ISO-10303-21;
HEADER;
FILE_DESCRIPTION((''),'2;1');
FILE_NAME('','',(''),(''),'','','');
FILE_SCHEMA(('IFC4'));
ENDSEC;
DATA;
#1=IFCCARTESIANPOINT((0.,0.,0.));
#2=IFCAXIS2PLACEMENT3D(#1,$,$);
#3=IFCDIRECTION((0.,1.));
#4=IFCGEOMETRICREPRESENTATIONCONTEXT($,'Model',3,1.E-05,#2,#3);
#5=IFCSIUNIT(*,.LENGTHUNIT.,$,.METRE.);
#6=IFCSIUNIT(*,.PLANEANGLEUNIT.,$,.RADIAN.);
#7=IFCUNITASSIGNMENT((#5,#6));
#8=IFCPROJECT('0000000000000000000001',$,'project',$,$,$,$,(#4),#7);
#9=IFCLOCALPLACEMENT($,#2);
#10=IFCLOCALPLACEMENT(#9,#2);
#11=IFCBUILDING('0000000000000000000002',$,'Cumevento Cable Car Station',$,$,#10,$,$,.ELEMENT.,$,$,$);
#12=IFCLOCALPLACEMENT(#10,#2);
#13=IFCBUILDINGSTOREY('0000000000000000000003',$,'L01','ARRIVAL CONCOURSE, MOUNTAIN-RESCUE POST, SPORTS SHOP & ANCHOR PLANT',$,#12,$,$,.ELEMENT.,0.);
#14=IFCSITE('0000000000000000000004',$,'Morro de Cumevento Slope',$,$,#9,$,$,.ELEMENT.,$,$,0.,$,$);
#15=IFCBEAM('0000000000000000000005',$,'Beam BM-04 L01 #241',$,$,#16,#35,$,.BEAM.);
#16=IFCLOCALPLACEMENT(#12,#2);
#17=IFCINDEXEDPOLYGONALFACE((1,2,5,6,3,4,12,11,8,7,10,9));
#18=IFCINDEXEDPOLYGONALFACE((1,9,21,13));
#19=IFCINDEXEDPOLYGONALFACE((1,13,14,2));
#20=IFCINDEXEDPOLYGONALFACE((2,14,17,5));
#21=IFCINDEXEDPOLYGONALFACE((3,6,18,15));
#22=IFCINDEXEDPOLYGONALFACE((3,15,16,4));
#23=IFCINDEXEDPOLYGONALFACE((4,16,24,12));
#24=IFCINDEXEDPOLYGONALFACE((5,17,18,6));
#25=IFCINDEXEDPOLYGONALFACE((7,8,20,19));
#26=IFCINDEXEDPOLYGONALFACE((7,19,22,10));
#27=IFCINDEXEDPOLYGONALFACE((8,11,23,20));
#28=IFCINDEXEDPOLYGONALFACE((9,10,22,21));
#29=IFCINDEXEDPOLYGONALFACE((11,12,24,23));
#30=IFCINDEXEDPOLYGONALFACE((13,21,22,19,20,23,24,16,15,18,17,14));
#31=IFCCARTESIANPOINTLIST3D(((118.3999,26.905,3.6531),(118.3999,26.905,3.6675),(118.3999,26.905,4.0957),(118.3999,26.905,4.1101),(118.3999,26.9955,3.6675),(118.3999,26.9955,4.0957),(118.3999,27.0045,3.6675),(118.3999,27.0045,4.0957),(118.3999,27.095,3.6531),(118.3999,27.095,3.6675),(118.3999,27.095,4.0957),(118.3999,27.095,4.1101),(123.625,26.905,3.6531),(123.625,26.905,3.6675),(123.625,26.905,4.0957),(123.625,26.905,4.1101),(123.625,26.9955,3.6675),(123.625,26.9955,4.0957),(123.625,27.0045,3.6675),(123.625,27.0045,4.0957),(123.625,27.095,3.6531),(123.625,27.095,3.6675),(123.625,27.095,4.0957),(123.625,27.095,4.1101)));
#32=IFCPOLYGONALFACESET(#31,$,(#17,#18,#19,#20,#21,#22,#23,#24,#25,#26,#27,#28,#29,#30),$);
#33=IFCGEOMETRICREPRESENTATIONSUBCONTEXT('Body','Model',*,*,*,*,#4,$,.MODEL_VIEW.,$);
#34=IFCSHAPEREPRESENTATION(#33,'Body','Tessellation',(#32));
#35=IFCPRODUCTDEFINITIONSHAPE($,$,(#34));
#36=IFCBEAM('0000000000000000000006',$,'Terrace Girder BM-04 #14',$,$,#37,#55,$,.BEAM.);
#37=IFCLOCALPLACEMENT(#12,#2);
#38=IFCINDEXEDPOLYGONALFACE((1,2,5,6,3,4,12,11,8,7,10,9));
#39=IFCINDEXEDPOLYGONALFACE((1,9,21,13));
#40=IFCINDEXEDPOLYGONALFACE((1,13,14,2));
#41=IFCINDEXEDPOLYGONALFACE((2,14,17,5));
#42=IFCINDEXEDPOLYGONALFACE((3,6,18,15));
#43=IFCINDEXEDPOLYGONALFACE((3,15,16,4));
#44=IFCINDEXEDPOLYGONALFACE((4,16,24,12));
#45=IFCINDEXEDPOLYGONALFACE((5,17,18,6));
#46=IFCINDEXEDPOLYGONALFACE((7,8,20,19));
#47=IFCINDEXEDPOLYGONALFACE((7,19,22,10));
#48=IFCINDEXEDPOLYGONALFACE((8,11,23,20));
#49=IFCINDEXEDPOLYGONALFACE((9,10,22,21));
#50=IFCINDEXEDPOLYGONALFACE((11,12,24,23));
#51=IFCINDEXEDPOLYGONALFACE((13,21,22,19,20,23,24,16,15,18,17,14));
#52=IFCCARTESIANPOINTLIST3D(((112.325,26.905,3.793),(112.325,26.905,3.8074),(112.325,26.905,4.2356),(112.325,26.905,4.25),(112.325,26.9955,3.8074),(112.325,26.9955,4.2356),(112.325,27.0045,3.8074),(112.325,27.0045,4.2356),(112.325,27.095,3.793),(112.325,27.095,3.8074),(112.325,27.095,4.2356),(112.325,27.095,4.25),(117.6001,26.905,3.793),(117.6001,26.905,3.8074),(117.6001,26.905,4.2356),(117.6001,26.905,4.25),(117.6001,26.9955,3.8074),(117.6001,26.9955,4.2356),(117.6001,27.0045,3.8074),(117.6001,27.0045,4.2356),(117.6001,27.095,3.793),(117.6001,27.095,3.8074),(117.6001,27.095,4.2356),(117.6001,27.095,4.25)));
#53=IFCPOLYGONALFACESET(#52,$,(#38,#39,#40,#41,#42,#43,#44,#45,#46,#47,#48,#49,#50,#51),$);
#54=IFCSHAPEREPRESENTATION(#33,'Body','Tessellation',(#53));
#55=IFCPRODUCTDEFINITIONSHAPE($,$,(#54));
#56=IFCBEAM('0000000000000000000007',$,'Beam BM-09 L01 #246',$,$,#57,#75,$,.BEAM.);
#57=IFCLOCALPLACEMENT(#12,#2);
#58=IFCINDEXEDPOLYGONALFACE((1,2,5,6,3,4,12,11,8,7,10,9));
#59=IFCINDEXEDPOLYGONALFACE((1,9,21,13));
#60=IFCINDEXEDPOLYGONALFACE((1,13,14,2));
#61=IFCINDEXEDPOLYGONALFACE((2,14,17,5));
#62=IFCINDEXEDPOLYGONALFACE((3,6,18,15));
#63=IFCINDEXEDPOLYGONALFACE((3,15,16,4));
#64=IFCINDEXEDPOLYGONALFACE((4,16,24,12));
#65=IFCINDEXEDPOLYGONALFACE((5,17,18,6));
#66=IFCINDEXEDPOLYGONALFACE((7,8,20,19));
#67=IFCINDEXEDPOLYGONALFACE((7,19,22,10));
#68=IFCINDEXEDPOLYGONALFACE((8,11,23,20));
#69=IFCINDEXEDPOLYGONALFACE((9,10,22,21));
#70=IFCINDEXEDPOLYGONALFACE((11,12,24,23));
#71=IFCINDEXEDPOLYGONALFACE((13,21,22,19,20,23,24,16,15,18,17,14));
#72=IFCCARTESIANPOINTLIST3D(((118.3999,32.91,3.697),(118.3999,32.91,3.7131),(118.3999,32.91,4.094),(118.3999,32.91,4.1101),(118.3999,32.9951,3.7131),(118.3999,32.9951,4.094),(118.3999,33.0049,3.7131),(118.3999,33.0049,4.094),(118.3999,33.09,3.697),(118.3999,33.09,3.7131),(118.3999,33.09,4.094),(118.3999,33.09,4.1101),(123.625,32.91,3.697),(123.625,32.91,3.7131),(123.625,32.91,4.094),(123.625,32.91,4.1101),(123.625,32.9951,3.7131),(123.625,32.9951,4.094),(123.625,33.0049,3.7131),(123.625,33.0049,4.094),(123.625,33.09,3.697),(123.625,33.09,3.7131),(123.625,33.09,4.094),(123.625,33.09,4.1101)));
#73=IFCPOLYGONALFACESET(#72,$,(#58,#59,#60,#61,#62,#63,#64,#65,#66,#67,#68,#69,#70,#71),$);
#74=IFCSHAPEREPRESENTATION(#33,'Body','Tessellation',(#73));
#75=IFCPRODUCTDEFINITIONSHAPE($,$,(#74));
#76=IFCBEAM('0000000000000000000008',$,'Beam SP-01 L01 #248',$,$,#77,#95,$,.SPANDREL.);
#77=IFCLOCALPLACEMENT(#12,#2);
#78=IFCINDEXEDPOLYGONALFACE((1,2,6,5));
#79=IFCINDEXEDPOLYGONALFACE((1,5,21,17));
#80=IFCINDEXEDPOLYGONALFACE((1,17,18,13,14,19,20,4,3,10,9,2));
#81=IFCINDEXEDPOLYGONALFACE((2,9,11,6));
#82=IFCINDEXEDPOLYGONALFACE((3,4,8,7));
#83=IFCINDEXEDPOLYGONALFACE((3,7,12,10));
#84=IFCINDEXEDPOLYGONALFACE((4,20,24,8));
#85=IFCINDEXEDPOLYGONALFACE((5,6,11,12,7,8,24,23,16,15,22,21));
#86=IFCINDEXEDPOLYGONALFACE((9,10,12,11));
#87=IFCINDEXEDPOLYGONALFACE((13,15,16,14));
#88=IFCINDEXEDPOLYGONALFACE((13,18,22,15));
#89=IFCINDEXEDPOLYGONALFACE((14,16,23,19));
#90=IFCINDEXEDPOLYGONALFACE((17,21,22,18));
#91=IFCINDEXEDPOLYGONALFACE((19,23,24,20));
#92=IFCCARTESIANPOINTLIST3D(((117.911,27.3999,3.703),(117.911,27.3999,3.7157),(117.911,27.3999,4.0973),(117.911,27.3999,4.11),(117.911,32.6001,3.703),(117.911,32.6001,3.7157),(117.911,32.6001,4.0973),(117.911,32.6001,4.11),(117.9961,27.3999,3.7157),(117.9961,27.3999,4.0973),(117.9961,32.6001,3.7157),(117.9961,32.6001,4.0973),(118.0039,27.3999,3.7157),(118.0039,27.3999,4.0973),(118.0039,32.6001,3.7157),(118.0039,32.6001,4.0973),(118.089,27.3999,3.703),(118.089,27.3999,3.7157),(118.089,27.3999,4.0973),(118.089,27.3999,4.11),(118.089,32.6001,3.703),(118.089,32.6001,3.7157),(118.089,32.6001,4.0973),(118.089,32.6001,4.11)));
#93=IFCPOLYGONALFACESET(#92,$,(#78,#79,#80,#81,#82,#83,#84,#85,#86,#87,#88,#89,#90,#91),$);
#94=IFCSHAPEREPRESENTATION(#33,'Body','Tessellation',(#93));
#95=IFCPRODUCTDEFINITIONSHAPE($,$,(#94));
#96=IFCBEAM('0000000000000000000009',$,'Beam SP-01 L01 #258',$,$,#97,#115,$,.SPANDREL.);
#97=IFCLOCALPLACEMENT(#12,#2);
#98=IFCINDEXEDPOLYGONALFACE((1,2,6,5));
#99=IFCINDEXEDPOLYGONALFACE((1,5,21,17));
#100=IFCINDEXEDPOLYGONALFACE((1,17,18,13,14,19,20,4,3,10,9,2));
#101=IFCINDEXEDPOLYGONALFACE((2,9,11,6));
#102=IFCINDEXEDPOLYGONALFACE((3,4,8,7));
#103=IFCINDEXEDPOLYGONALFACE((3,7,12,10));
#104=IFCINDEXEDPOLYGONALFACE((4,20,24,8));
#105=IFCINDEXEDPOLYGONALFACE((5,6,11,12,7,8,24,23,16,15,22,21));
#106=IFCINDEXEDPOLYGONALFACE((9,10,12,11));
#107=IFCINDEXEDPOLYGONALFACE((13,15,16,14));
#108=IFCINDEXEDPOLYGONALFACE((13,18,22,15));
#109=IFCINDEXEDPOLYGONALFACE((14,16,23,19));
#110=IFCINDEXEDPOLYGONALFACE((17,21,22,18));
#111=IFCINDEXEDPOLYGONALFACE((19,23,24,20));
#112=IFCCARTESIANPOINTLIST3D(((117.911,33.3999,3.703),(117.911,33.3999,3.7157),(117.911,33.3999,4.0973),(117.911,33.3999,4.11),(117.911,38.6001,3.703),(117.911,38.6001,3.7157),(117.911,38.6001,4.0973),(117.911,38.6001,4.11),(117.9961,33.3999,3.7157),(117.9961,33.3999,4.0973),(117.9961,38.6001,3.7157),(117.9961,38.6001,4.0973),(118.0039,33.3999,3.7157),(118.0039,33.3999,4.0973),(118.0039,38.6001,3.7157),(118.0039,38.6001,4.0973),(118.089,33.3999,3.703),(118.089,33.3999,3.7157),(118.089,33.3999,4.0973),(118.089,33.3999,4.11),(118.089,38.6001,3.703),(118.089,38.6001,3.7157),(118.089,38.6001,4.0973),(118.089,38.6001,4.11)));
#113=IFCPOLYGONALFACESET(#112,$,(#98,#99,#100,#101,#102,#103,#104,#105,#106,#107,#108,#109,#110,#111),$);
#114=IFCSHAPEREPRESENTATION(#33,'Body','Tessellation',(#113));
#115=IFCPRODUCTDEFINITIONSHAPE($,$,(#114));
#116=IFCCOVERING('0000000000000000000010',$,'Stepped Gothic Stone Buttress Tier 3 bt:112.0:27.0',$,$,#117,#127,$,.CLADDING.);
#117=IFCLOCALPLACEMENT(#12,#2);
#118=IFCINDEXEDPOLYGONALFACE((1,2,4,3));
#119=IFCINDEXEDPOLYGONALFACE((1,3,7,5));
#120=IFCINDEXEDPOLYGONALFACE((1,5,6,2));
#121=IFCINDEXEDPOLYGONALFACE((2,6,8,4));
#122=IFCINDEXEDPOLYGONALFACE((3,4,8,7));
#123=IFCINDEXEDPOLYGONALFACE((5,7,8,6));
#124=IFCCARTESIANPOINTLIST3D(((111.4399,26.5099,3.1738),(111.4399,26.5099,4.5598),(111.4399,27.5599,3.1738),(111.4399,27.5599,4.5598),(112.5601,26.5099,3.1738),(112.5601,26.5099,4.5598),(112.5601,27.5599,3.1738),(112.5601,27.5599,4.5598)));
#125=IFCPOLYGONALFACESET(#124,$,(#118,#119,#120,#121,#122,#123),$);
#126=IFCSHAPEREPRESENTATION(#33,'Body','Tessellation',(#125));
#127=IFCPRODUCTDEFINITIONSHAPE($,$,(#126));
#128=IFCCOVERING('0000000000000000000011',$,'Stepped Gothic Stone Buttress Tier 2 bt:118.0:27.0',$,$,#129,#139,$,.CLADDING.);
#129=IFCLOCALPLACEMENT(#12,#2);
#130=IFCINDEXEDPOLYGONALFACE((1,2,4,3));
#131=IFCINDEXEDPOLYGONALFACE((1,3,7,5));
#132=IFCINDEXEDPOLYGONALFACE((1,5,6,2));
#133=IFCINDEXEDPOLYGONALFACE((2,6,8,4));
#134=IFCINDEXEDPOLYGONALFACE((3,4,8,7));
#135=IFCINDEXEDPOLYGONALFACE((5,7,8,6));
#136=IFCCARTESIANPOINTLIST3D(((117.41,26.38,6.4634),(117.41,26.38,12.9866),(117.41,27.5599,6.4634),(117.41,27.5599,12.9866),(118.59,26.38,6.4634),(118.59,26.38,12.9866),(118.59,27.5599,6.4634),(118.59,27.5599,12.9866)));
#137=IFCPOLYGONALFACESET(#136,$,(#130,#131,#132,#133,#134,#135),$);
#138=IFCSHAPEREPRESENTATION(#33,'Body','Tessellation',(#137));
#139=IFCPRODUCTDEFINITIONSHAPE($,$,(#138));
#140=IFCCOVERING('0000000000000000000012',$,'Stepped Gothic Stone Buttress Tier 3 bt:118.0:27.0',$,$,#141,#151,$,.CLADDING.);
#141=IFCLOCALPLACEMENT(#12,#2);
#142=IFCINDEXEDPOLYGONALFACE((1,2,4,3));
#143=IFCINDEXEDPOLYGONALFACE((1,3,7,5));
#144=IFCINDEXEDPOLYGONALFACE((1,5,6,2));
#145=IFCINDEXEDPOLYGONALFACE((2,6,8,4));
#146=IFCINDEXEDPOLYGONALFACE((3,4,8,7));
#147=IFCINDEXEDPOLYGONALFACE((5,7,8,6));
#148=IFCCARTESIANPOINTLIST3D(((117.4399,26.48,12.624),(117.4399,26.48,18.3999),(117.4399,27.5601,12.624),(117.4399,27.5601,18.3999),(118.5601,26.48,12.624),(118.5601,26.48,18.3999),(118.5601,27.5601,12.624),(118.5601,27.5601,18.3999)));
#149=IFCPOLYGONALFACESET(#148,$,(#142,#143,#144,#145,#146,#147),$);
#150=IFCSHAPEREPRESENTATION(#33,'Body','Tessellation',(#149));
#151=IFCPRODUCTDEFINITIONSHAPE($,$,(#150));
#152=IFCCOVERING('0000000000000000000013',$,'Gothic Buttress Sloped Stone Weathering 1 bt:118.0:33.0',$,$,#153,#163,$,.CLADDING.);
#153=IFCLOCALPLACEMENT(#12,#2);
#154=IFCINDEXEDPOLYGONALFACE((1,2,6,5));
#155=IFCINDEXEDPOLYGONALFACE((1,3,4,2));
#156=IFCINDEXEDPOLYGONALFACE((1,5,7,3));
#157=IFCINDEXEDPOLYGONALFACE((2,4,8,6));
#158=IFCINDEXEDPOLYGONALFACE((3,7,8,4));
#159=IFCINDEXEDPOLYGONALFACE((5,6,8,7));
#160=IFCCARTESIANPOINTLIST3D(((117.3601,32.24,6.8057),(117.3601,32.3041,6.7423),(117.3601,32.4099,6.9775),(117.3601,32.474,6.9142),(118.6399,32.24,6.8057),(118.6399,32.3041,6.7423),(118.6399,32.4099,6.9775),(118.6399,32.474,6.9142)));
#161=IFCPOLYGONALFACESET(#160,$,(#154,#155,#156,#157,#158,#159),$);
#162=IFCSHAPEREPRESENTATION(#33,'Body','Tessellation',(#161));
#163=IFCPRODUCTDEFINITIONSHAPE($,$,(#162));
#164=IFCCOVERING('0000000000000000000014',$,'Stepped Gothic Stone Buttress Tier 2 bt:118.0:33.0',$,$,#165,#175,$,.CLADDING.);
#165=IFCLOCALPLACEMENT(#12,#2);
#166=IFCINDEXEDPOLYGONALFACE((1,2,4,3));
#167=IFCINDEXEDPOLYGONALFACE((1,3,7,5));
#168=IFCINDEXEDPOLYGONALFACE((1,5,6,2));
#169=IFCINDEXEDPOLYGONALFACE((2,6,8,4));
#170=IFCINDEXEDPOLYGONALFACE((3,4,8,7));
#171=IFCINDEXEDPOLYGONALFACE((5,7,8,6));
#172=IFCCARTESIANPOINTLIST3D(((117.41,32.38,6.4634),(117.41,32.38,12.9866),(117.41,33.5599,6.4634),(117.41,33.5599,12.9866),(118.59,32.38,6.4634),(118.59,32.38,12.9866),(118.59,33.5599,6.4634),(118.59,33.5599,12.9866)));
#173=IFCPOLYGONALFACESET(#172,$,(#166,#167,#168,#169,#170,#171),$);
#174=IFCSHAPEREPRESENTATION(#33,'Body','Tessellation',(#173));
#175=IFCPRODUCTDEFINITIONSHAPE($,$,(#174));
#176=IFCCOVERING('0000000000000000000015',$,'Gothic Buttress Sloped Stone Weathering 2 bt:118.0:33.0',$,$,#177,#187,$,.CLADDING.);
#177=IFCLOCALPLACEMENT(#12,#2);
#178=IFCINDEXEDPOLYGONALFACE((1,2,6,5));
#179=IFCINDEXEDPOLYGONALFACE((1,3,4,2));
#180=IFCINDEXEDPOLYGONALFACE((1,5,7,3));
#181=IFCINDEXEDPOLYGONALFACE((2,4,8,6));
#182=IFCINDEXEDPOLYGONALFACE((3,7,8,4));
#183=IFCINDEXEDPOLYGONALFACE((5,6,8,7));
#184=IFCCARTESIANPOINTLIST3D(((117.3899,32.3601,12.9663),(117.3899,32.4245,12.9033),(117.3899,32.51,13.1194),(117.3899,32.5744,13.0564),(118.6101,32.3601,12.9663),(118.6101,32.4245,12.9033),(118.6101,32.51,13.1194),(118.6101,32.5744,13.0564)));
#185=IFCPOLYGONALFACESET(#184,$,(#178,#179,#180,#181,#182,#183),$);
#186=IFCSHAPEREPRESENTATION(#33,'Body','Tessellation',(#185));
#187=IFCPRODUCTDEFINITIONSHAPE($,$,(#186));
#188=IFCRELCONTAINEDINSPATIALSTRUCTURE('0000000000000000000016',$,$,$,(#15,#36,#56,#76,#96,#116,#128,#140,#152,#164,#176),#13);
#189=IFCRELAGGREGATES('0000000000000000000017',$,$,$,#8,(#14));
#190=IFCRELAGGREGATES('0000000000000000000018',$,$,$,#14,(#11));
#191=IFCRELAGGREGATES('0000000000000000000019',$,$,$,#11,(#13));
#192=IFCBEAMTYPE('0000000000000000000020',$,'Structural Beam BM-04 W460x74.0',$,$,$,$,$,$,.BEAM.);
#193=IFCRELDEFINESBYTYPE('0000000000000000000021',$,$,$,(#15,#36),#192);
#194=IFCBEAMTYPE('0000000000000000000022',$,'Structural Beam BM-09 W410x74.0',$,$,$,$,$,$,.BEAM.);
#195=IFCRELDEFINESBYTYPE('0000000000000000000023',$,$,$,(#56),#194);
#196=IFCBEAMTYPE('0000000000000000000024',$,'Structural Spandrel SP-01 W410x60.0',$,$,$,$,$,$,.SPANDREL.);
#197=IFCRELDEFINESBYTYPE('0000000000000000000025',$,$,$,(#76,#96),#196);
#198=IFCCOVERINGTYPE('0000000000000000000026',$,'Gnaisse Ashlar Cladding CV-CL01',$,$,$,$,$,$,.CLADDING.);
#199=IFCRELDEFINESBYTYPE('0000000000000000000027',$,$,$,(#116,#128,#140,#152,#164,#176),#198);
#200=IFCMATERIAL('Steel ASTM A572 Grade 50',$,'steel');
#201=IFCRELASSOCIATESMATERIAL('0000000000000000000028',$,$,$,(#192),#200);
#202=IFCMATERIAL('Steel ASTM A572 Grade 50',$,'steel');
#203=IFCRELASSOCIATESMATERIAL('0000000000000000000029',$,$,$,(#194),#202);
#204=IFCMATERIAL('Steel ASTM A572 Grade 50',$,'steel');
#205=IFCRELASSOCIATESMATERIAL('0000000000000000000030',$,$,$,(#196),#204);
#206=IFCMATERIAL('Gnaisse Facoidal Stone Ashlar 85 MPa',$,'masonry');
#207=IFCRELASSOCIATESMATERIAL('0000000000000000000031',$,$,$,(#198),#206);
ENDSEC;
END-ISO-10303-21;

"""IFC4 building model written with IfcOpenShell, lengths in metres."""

from ifc_helpers import new_model, si_unit, direction, frame, origin, origin_2d, place, context, subcontext, project, spatial, polyline, rectangle, i_section, outline, extrude, material, material_profile, profile_set, type_object, element, save


model = new_model("IFC4")

# Units and contexts
model_context = context("Model", 3, precision=1e-05, world=origin(), true_north=direction((0.0, 1.0)))
body_context = subcontext(model_context, "Body", "Model", "MODEL_VIEW")
ifc_project = project(units=[si_unit("LENGTHUNIT", "METRE"), si_unit("PLANEANGLEUNIT", "RADIAN")], contexts=[model_context])

# Site, building, storey
site_placement = place(None, origin())
site = spatial("IfcSite", under=ifc_project, at=site_placement, Name="Morro de Cumevento Slope", CompositionType="ELEMENT", RefElevation=0.0)
building_placement = place(site_placement, origin())
building = spatial("IfcBuilding", under=site, at=building_placement, Name="Cumevento Cable Car Station", CompositionType="ELEMENT")
storey_placement = place(building_placement, origin())
storey = spatial("IfcBuildingStorey", under=building, at=storey_placement, Name="L01", Description="ARRIVAL CONCOURSE, MOUNTAIN-RESCUE POST, SPORTS SHOP & ANCHOR PLANT", CompositionType="ELEMENT", Elevation=0.0)

# Beams
ifc_material_1 = material(Name="Steel ASTM A572 Grade 50", Category="steel")
ifc_material_profile_1 = material_profile(ifc_material_1, i_section(OverallWidth=0.1899, OverallDepth=0.457, WebThickness=0.009, FlangeThickness=0.0144, at=origin_2d()), Name="W460x74.0")
ifc_profile_set_1 = profile_set([ifc_material_profile_1], Name="Steel ASTM A572 Grade 50")
beam_type_1 = type_object("IfcBeamType", Name="Structural Beam BM-04 W460x74.0", PredefinedType="BEAM", material=ifc_profile_set_1)
beam_1_placement = place(storey_placement, frame((118.3999, 27.0, 3.8816), z_axis=(1.0, 0.0, 0.0), x_axis=(0.0, 1.0, 0.0)))
element("IfcBeam", 1, at=beam_1_placement, inside=storey, type_object=beam_type_1, Name="Beam BM-04 L01 #241", PredefinedType="BEAM", context=body_context, shape_type="SweptSolid", body=[
    extrude(i_section(OverallWidth=0.1899, OverallDepth=0.457, WebThickness=0.009, FlangeThickness=0.0144, at=origin_2d()), origin(), (0.0, 0.0, 1.0), 5.2251),
])
beam_2_placement = place(storey_placement, frame((112.325, 27.0, 4.0215), z_axis=(1.0, 0.0, 0.0), x_axis=(0.0, 1.0, 0.0)))
element("IfcBeam", 2, at=beam_2_placement, inside=storey, type_object=beam_type_1, Name="Terrace Girder BM-04 #14", PredefinedType="BEAM", context=body_context, shape_type="SweptSolid", body=[
    extrude(i_section(OverallWidth=0.1899, OverallDepth=0.457, WebThickness=0.009, FlangeThickness=0.0144, at=origin_2d()), origin(), (0.0, 0.0, 1.0), 5.2751),
])
ifc_material_2 = material(Name="Steel ASTM A572 Grade 50", Category="steel")
ifc_material_profile_2 = material_profile(ifc_material_2, i_section(OverallWidth=0.1799, OverallDepth=0.4131, WebThickness=0.0098, FlangeThickness=0.0161, at=origin_2d()), Name="W410x74.0")
ifc_profile_set_2 = profile_set([ifc_material_profile_2], Name="Steel ASTM A572 Grade 50")
beam_type_2 = type_object("IfcBeamType", Name="Structural Beam BM-09 W410x74.0", PredefinedType="BEAM", material=ifc_profile_set_2)
beam_3_placement = place(storey_placement, frame((118.3999, 33.0, 3.9036), z_axis=(1.0, 0.0, 0.0), x_axis=(0.0, 1.0, 0.0)))
element("IfcBeam", 3, at=beam_3_placement, inside=storey, type_object=beam_type_2, Name="Beam BM-09 L01 #246", PredefinedType="BEAM", context=body_context, shape_type="SweptSolid", body=[
    extrude(i_section(OverallWidth=0.1799, OverallDepth=0.4131, WebThickness=0.0098, FlangeThickness=0.0161, at=origin_2d()), origin(), (0.0, 0.0, 1.0), 5.2251),
])
ifc_material_3 = material(Name="Steel ASTM A572 Grade 50", Category="steel")
ifc_material_profile_3 = material_profile(ifc_material_3, i_section(OverallWidth=0.178, OverallDepth=0.407, WebThickness=0.0078, FlangeThickness=0.0127, at=origin_2d()), Name="W410x60.0")
ifc_profile_set_3 = profile_set([ifc_material_profile_3], Name="Steel ASTM A572 Grade 50")
beam_type_3 = type_object("IfcBeamType", Name="Structural Spandrel SP-01 W410x60.0", PredefinedType="SPANDREL", material=ifc_profile_set_3)
for number, where, z_axis, x_axis, name in (
    (4, (118.0, 27.3999, 3.9065), (0.0, 1.0, 0.0), (-1.0, 0.0, 0.0), "Beam SP-01 L01 #248"),
    (5, (118.0, 33.3999, 3.9065), (0.0, 1.0, 0.0), (-1.0, 0.0, 0.0), "Beam SP-01 L01 #258"),
):
    element("IfcBeam", number, at=place(storey_placement, frame(where, z_axis=z_axis, x_axis=x_axis)), inside=storey, type_object=beam_type_3, Name=name, PredefinedType="SPANDREL", context=body_context, shape_type="SweptSolid", body=[
        extrude(i_section(OverallWidth=0.178, OverallDepth=0.407, WebThickness=0.0078, FlangeThickness=0.0127, at=origin_2d()), origin(), (0.0, 0.0, 1.0), 5.2002),
    ])

# Coverings
ifc_material_4 = material(Name="Gnaisse Facoidal Stone Ashlar 85 MPa", Category="masonry")
covering_type = type_object("IfcCoveringType", Name="Gnaisse Ashlar Cladding CV-CL01", PredefinedType="CLADDING", material=ifc_material_4)
covering_1_placement = place(storey_placement, frame((112.0, 27.0349, 3.1738), z_axis=(0.0, 0.0, 1.0), x_axis=(1.0, 0.0, 0.0)))
element("IfcCovering", 6, at=covering_1_placement, inside=storey, type_object=covering_type, Name="Stepped Gothic Stone Buttress Tier 3 bt:112.0:27.0", PredefinedType="CLADDING", context=body_context, shape_type="SweptSolid", body=[
    extrude(rectangle(XDim=1.1201, YDim=1.05, at=origin_2d()), origin(), (0.0, 0.0, 1.0), 1.386),
])
covering_2_placement = place(storey_placement, frame((118.0, 26.97, 6.4634), z_axis=(0.0, 0.0, 1.0), x_axis=(1.0, 0.0, 0.0)))
element("IfcCovering", 7, at=covering_2_placement, inside=storey, type_object=covering_type, Name="Stepped Gothic Stone Buttress Tier 2 bt:118.0:27.0", PredefinedType="CLADDING", context=body_context, shape_type="SweptSolid", body=[
    extrude(rectangle(XDim=1.1799, YDim=1.1799, at=origin_2d()), origin(), (0.0, 0.0, 1.0), 6.5232),
])
covering_3_placement = place(storey_placement, frame((118.0, 27.02, 12.624), z_axis=(0.0, 0.0, 1.0), x_axis=(1.0, 0.0, 0.0)))
element("IfcCovering", 8, at=covering_3_placement, inside=storey, type_object=covering_type, Name="Stepped Gothic Stone Buttress Tier 3 bt:118.0:27.0", PredefinedType="CLADDING", context=body_context, shape_type="SweptSolid", body=[
    extrude(rectangle(XDim=1.1201, YDim=1.0801, at=origin_2d()), origin(), (0.0, 0.0, 1.0), 5.7759),
])
covering_4_placement = place(storey_placement, frame((117.3601, 32.24, 6.8057), z_axis=(0.0, -0.711136, 0.703055), x_axis=(1.0, 0.0, 0.0)))
element("IfcCovering", 9, at=covering_4_placement, inside=storey, type_object=covering_type, Name="Gothic Buttress Sloped Stone Weathering 1 bt:118.0:33.0", PredefinedType="CLADDING", context=body_context, shape_type="SweptSolid", body=[
    extrude(outline(polyline([(0.0, 0.0), (1.2798, 0.0), (1.2798, 0.2417), (0.0, 0.2417), (0.0, 0.0)])), origin(), (0.0, 0.0, -1.0), 0.0901),
])
covering_5_placement = place(storey_placement, frame((118.0, 32.97, 6.4634), z_axis=(0.0, 0.0, 1.0), x_axis=(1.0, 0.0, 0.0)))
element("IfcCovering", 10, at=covering_5_placement, inside=storey, type_object=covering_type, Name="Stepped Gothic Stone Buttress Tier 2 bt:118.0:33.0", PredefinedType="CLADDING", context=body_context, shape_type="SweptSolid", body=[
    extrude(rectangle(XDim=1.1799, YDim=1.1799, at=origin_2d()), origin(), (0.0, 0.0, 1.0), 6.5232),
])
covering_6_placement = place(storey_placement, frame((117.3899, 32.3601, 12.9663), z_axis=(0.0, -0.714475, 0.699661), x_axis=(1.0, 0.0, 0.0)))
element("IfcCovering", 11, at=covering_6_placement, inside=storey, type_object=covering_type, Name="Gothic Buttress Sloped Stone Weathering 2 bt:118.0:33.0", PredefinedType="CLADDING", context=body_context, shape_type="SweptSolid", body=[
    extrude(outline(polyline([(0.0, 0.0), (1.2202, 0.0), (1.2202, 0.2142), (0.0, 0.2142), (0.0, 0.0)])), origin(), (0.0, 0.0, -1.0), 0.0901),
])

save(model, "model.ifc")
